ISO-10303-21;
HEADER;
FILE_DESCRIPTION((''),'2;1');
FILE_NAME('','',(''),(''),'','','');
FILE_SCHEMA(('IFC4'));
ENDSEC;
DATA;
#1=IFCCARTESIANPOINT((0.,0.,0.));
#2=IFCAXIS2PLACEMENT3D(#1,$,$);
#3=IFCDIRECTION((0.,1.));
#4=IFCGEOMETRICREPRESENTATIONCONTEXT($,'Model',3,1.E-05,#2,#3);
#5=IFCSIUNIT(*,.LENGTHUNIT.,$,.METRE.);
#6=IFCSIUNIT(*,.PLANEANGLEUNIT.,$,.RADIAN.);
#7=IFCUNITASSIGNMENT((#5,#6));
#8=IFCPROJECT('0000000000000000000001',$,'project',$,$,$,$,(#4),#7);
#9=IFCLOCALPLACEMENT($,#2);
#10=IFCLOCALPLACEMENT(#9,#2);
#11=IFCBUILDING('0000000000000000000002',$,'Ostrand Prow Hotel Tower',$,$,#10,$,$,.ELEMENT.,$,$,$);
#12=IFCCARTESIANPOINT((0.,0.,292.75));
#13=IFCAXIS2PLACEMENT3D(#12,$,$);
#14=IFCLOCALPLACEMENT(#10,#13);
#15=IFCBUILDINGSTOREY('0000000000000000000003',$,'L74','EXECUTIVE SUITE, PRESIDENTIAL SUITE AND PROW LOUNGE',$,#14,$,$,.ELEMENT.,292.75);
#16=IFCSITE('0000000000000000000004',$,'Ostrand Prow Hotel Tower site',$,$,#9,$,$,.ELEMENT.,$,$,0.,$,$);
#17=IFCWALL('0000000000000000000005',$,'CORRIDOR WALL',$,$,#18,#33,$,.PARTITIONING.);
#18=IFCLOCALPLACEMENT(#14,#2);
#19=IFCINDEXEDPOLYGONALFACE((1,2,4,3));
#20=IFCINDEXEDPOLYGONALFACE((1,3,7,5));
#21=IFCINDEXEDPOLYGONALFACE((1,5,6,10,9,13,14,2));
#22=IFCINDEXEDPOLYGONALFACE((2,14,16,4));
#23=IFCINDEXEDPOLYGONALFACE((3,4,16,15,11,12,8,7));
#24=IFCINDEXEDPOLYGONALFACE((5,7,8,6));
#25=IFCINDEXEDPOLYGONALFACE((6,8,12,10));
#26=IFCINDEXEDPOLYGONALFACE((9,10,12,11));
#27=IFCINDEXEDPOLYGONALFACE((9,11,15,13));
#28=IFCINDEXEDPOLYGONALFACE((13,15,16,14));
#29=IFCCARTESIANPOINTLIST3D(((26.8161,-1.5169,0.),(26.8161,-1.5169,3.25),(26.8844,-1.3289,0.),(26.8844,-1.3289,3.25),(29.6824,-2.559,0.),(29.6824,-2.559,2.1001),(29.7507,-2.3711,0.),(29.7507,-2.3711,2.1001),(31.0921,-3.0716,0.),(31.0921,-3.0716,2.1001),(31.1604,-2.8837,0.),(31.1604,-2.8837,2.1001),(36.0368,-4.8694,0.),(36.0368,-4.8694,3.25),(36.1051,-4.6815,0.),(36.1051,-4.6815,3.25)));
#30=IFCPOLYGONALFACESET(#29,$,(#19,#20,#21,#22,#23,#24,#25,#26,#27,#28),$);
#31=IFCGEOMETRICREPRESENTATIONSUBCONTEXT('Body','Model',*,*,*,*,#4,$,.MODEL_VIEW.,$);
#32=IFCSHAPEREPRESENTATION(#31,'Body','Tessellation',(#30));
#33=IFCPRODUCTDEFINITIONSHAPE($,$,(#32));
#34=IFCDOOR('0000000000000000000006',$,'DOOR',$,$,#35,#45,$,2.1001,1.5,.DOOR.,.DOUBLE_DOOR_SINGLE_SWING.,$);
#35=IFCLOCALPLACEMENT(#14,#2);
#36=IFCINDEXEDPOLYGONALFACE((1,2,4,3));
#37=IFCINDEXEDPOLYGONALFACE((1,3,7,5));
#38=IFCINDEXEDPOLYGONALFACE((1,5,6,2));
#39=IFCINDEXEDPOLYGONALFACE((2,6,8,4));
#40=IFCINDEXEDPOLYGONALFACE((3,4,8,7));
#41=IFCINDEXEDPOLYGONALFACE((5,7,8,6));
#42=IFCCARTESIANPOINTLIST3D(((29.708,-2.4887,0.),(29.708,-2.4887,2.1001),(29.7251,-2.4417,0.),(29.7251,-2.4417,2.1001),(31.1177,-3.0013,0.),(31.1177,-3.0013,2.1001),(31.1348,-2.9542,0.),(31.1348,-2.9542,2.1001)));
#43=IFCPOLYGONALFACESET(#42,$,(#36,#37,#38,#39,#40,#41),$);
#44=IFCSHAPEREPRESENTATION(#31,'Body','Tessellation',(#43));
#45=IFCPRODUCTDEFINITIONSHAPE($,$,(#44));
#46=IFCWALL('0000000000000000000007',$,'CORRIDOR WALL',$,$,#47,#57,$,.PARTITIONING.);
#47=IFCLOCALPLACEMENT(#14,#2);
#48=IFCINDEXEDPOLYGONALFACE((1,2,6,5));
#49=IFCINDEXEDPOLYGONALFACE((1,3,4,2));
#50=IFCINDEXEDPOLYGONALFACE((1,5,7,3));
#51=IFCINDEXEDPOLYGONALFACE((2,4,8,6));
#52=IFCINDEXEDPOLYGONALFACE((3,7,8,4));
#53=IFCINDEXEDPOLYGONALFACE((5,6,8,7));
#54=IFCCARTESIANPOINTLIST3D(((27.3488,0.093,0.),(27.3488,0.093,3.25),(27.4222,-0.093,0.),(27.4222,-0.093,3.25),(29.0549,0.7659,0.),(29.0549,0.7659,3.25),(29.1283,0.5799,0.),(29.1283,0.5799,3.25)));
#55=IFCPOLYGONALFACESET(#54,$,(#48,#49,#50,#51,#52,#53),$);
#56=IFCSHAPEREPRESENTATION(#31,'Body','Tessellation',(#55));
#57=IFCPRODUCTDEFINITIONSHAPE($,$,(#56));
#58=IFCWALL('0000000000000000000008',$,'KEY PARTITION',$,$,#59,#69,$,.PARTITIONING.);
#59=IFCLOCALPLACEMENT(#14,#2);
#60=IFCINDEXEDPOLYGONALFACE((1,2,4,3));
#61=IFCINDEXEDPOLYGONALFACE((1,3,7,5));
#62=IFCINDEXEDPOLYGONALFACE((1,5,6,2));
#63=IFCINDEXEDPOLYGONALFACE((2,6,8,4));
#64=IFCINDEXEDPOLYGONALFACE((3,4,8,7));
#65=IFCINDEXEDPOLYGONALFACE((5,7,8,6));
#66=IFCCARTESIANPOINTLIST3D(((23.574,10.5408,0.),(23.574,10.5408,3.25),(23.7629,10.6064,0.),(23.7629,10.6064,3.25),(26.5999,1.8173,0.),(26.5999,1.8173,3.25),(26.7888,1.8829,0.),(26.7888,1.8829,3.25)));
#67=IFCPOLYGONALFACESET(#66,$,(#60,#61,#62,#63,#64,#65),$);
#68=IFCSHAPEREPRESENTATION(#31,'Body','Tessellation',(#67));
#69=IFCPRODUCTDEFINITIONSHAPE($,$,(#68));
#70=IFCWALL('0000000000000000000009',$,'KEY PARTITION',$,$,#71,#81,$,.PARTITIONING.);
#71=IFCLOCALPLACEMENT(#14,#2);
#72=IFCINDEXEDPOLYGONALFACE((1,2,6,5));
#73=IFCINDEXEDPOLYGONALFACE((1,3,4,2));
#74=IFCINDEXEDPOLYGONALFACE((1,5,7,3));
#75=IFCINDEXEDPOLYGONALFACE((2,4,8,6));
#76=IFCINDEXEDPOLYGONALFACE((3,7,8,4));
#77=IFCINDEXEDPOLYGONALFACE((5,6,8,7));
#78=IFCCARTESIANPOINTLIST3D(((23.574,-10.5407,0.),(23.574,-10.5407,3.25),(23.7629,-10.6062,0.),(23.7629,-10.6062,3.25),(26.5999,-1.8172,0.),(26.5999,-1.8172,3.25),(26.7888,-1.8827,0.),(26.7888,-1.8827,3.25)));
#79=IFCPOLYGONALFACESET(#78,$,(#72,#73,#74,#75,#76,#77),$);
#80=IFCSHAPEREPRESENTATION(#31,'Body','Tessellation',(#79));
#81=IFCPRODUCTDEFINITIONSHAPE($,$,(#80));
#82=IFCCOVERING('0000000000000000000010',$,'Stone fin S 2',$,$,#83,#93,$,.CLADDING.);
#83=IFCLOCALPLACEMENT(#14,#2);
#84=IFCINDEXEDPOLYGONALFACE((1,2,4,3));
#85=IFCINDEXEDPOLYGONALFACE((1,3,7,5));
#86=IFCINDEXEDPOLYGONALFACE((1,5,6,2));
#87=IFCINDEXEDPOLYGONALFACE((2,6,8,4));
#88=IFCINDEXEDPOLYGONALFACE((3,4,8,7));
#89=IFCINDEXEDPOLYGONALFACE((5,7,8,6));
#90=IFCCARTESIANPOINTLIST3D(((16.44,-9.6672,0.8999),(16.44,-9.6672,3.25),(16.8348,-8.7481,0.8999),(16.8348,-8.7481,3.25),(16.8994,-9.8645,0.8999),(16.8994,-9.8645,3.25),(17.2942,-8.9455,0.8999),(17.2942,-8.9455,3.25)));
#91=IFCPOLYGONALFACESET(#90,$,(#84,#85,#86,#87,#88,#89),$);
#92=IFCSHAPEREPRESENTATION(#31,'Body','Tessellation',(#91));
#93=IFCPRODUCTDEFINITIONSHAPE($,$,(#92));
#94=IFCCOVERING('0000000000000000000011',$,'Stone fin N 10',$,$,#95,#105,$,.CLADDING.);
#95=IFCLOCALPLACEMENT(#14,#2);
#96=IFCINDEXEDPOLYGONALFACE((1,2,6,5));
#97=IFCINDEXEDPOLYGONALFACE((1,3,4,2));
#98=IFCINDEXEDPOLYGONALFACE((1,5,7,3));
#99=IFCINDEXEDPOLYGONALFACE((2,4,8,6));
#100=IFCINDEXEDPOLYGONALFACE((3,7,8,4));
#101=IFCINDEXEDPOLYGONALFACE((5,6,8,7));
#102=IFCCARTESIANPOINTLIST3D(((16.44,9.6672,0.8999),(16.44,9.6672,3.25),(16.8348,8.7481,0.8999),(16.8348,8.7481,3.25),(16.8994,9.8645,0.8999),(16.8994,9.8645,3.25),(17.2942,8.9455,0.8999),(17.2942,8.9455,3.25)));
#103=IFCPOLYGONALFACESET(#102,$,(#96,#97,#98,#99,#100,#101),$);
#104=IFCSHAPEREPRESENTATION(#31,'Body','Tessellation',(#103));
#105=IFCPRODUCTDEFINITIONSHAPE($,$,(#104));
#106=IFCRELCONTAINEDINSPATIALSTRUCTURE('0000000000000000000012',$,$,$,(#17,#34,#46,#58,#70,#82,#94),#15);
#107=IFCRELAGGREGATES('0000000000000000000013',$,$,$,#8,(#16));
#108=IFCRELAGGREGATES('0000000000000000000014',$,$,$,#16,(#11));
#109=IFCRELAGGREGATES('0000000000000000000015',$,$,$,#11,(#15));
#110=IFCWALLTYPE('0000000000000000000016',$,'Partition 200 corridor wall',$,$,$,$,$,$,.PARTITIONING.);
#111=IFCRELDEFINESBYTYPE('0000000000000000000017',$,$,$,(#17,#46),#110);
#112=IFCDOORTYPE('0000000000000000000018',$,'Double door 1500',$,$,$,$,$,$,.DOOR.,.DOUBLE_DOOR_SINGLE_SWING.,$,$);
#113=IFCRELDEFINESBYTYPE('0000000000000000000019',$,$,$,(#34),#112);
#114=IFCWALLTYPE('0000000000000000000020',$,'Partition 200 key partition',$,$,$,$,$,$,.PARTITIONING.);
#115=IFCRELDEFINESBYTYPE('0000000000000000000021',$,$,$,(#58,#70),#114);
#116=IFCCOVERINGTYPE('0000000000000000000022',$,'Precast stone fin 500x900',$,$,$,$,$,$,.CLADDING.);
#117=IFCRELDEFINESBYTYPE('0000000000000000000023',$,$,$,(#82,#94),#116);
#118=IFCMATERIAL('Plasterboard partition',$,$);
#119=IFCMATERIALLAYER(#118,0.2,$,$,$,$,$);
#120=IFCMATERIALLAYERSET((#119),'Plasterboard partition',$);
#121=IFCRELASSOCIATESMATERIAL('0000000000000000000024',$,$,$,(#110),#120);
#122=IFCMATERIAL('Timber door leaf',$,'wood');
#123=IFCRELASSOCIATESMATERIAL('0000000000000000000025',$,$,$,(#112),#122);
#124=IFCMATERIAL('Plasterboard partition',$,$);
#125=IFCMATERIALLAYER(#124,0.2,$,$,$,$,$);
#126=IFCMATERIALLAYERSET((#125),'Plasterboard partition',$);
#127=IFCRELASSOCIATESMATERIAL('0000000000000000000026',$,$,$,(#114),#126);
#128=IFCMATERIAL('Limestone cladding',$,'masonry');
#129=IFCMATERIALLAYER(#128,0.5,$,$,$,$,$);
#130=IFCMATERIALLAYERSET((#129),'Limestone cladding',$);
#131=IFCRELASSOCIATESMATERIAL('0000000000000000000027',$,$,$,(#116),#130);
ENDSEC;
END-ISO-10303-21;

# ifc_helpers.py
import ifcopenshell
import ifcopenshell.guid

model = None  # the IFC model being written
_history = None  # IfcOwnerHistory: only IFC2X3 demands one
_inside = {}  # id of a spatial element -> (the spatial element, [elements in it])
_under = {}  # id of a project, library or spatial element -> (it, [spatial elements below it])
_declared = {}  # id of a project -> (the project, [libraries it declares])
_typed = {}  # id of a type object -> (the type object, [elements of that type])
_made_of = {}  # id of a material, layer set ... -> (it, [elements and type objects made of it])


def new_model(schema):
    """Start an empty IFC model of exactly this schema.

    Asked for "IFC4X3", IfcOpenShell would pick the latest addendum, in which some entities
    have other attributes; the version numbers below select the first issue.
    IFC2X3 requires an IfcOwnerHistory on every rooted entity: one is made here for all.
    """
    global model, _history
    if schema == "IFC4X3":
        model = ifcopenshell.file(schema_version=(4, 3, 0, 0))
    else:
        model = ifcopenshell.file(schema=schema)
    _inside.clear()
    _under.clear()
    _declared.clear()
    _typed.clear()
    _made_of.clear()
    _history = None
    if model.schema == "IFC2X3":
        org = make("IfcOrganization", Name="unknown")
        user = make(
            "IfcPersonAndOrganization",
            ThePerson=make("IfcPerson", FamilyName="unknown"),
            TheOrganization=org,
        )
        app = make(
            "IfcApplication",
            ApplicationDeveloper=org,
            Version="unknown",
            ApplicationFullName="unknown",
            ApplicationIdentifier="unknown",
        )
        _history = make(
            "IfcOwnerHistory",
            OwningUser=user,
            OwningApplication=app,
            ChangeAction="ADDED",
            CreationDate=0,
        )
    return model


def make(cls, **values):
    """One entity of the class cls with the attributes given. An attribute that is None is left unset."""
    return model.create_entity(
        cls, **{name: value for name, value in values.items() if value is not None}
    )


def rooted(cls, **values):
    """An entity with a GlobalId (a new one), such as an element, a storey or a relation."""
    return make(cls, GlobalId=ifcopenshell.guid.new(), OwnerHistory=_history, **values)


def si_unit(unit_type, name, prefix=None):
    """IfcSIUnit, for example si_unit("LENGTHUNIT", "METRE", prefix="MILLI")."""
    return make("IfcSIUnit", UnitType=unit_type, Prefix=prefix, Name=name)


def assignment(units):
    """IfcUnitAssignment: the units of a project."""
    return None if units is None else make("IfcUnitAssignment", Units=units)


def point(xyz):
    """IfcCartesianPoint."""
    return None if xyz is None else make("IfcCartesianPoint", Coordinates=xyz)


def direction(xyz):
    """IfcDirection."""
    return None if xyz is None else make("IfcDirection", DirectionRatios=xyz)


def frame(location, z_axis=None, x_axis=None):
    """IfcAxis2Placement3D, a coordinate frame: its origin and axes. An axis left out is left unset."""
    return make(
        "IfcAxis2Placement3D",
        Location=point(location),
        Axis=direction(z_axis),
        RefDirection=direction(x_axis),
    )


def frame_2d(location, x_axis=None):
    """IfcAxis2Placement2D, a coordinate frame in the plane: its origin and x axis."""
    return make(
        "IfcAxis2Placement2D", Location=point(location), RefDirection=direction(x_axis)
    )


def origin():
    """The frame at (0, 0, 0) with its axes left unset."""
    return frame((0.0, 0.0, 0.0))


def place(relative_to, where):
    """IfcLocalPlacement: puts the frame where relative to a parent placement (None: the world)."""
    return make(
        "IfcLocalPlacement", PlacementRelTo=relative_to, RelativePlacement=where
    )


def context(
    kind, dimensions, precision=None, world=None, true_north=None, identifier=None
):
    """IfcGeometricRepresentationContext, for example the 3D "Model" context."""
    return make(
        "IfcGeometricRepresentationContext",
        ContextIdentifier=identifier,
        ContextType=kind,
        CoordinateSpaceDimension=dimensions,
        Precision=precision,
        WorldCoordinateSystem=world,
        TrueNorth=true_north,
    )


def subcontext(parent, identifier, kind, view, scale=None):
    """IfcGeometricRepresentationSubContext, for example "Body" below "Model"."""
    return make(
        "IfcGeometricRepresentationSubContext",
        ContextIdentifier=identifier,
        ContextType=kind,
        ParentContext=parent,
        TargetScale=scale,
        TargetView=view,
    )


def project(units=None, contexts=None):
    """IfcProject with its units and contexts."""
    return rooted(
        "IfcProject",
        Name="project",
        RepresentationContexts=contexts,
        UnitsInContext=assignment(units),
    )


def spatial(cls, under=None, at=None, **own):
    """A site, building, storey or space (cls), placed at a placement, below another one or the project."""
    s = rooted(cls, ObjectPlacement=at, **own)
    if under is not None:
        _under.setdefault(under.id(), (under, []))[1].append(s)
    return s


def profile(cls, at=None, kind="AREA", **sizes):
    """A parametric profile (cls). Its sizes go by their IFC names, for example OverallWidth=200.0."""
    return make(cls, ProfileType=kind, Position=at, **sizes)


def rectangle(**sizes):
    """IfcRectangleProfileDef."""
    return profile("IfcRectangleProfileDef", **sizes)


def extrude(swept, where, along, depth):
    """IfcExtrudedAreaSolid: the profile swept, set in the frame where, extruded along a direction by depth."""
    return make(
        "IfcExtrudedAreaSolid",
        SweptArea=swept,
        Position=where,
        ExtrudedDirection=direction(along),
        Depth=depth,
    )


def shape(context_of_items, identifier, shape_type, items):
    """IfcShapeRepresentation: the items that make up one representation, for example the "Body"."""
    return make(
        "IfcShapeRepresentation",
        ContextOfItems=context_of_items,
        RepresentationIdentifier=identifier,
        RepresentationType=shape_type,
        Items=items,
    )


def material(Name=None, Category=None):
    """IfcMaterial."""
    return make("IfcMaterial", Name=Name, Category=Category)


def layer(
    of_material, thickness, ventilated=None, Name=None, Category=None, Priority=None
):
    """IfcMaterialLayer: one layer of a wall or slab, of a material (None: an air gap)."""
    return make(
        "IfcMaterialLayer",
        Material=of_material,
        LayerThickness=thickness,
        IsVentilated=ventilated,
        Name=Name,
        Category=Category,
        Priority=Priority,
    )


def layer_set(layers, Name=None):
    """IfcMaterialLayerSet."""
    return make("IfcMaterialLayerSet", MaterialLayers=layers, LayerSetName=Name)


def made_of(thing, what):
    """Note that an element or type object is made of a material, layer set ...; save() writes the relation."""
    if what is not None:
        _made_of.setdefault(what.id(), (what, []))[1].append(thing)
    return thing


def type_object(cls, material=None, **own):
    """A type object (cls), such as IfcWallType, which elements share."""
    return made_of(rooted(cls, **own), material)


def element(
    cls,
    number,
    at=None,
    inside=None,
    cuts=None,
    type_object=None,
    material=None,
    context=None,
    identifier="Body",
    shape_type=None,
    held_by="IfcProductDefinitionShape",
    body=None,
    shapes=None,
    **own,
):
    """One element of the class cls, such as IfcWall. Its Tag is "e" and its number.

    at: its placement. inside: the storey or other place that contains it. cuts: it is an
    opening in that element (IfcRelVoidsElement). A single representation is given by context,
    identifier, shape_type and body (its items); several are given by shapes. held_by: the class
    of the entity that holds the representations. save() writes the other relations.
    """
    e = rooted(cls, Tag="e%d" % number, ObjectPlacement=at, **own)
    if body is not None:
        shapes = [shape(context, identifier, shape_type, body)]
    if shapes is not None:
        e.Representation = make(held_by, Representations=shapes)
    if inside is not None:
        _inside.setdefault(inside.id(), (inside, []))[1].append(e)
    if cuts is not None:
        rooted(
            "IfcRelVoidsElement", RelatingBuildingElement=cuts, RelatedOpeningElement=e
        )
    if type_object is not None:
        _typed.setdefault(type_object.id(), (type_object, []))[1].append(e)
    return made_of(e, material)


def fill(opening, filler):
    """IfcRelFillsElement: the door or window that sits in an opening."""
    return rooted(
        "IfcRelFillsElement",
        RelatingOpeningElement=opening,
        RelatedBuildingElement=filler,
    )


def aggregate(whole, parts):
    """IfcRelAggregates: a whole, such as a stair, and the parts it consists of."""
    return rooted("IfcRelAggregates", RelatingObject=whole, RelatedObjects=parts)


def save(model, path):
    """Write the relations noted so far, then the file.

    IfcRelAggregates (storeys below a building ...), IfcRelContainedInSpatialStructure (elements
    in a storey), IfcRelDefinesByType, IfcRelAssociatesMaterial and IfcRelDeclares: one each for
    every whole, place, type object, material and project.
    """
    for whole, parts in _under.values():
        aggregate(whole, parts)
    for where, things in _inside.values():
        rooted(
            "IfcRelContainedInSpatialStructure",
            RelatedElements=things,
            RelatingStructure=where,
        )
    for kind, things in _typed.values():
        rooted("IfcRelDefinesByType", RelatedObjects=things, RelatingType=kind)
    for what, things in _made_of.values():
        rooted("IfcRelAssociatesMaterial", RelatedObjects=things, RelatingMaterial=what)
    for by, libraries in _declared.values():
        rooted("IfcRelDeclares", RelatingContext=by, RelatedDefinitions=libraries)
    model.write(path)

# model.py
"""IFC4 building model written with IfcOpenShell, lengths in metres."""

from ifc_helpers import new_model, si_unit, direction, frame, frame_2d, origin, place, context, subcontext, project, spatial, rectangle, extrude, material, layer, layer_set, type_object, element, fill, save


model = new_model("IFC4")

# Units and contexts
model_context = context("Model", 3, precision=1e-05, world=origin(), true_north=direction((0.0, 1.0)))
body_context = subcontext(model_context, "Body", "Model", "MODEL_VIEW")
ifc_project = project(units=[si_unit("LENGTHUNIT", "METRE"), si_unit("PLANEANGLEUNIT", "RADIAN")], contexts=[model_context])

# Site, building, storey
site_placement = place(None, origin())
site = spatial("IfcSite", under=ifc_project, at=site_placement, Name="Ostrand Prow Hotel Tower site", CompositionType="ELEMENT", RefElevation=0.0)
building_placement = place(site_placement, origin())
building = spatial("IfcBuilding", under=site, at=building_placement, Name="Ostrand Prow Hotel Tower", CompositionType="ELEMENT")
storey_placement = place(building_placement, frame((0.0, 0.0, 292.75)))
storey = spatial("IfcBuildingStorey", under=building, at=storey_placement, Name="L74", Description="EXECUTIVE SUITE, PRESIDENTIAL SUITE AND PROW LOUNGE", CompositionType="ELEMENT", Elevation=292.75)

# Wall, opening, door
ifc_material_1 = material(Name="Plasterboard partition")
ifc_layer_1 = layer(ifc_material_1, 0.2)
ifc_layer_set_1 = layer_set([ifc_layer_1], Name="Plasterboard partition")
wall_type_1 = type_object("IfcWallType", Name="Partition 200 corridor wall", PredefinedType="PARTITIONING", material=ifc_layer_set_1)
wall_1_placement = place(storey_placement, frame((26.8501, -1.4229, 0.0), z_axis=(0.0, 0.0, 1.0), x_axis=(0.939808, -0.341703, 0.0)))
wall_1 = element("IfcWall", 1, at=wall_1_placement, inside=storey, type_object=wall_type_1, Name="CORRIDOR WALL", PredefinedType="PARTITIONING", context=body_context, shape_type="SweptSolid", body=[
    extrude(rectangle(XDim=9.8113, YDim=0.2, at=frame_2d((4.9058, 0.0))), origin(), (0.0, 0.0, 1.0), 3.25),
])
opening_placement = place(wall_1_placement, frame((3.05, 0.0, 0.0)))
opening = element("IfcOpeningElement", 2, at=opening_placement, cuts=wall_1, PredefinedType="OPENING", context=body_context, shape_type="SweptSolid", body=[
    extrude(rectangle(XDim=1.5, YDim=2.1001, at=frame_2d((0.75, 1.05))), frame((0.0, 0.1099, 0.0), z_axis=(0.0, -1.0, 0.0), x_axis=(1.0, 0.0, 0.0)), (0.0, 0.0, 1.0), 0.22),
])
ifc_material_2 = material(Name="Timber door leaf", Category="wood")
door_type = type_object("IfcDoorType", Name="Double door 1500", OperationType="DOUBLE_DOOR_SINGLE_SWING", PredefinedType="DOOR", material=ifc_material_2)
door_placement = place(opening_placement, origin())
door = element("IfcDoor", 3, at=door_placement, inside=storey, type_object=door_type, Name="DOOR", OperationType="DOUBLE_DOOR_SINGLE_SWING", OverallHeight=2.1001, OverallWidth=1.5, PredefinedType="DOOR", context=body_context, shape_type="SweptSolid", body=[
    extrude(rectangle(XDim=1.5, YDim=2.1001, at=frame_2d((0.75, 1.05))), frame((0.0, 0.0249, 0.0), z_axis=(0.0, -1.0, 0.0), x_axis=(1.0, 0.0, 0.0)), (0.0, 0.0, 1.0), 0.05),
])
fill(opening, door)

# Walls
wall_2_placement = place(storey_placement, frame((27.3855, 0.0, 0.0), z_axis=(0.0, 0.0, 1.0), x_axis=(0.930265, 0.366888, 0.0)))
element("IfcWall", 4, at=wall_2_placement, inside=storey, type_object=wall_type_1, Name="CORRIDOR WALL", PredefinedType="PARTITIONING", context=body_context, shape_type="SweptSolid", body=[
    extrude(rectangle(XDim=1.834, YDim=0.2, at=frame_2d((0.917, 0.0))), origin(), (0.0, 0.0, 1.0), 3.25),
])
ifc_material_3 = material(Name="Plasterboard partition")
ifc_layer_2 = layer(ifc_material_3, 0.2)
ifc_layer_set_2 = layer_set([ifc_layer_2], Name="Plasterboard partition")
wall_type_2 = type_object("IfcWallType", Name="Partition 200 key partition", PredefinedType="PARTITIONING", material=ifc_layer_set_2)
for number, where, z_axis, x_axis, name in (
    (5, (26.6943, 1.8501, 0.0), (0.0, 0.0, 1.0), (-0.327714, 0.944777, 0.0), "KEY PARTITION"),
    (6, (23.6685, -10.5735, 0.0), (0.0, 0.0, 1.0), (0.327714, 0.944777, 0.0), "KEY PARTITION"),
):
    element("IfcWall", number, at=place(storey_placement, frame(where, z_axis=z_axis, x_axis=x_axis)), inside=storey, type_object=wall_type_2, Name=name, PredefinedType="PARTITIONING", context=body_context, shape_type="SweptSolid", body=[
        extrude(rectangle(XDim=9.2334, YDim=0.2, at=frame_2d((4.6167, 0.0))), origin(), (0.0, 0.0, 1.0), 3.25),
    ])

# Coverings
ifc_material_4 = material(Name="Limestone cladding", Category="masonry")
ifc_layer_3 = layer(ifc_material_4, 0.5)
ifc_layer_set_3 = layer_set([ifc_layer_3], Name="Limestone cladding")
covering_type = type_object("IfcCoveringType", Name="Precast stone fin 500x900", PredefinedType="CLADDING", material=ifc_layer_set_3)
for number, where, z_axis, x_axis, name in (
    (7, (17.0645, -8.8469, 0.8999), (0.0, 0.0, 1.0), (-0.394715, -0.918804, 0.0), "Stone fin S 2"),
    (8, (17.0645, 8.8469, 0.8999), (0.0, 0.0, 1.0), (-0.394715, 0.918804, 0.0), "Stone fin N 10"),
):
    element("IfcCovering", number, at=place(storey_placement, frame(where, z_axis=z_axis, x_axis=x_axis)), inside=storey, type_object=covering_type, Name=name, PredefinedType="CLADDING", context=body_context, shape_type="SweptSolid", body=[
        extrude(rectangle(XDim=1.0002, YDim=0.5, at=frame_2d((0.5, 0.0))), origin(), (0.0, 0.0, 1.0), 2.3501),
    ])

save(model, "model.ifc")
